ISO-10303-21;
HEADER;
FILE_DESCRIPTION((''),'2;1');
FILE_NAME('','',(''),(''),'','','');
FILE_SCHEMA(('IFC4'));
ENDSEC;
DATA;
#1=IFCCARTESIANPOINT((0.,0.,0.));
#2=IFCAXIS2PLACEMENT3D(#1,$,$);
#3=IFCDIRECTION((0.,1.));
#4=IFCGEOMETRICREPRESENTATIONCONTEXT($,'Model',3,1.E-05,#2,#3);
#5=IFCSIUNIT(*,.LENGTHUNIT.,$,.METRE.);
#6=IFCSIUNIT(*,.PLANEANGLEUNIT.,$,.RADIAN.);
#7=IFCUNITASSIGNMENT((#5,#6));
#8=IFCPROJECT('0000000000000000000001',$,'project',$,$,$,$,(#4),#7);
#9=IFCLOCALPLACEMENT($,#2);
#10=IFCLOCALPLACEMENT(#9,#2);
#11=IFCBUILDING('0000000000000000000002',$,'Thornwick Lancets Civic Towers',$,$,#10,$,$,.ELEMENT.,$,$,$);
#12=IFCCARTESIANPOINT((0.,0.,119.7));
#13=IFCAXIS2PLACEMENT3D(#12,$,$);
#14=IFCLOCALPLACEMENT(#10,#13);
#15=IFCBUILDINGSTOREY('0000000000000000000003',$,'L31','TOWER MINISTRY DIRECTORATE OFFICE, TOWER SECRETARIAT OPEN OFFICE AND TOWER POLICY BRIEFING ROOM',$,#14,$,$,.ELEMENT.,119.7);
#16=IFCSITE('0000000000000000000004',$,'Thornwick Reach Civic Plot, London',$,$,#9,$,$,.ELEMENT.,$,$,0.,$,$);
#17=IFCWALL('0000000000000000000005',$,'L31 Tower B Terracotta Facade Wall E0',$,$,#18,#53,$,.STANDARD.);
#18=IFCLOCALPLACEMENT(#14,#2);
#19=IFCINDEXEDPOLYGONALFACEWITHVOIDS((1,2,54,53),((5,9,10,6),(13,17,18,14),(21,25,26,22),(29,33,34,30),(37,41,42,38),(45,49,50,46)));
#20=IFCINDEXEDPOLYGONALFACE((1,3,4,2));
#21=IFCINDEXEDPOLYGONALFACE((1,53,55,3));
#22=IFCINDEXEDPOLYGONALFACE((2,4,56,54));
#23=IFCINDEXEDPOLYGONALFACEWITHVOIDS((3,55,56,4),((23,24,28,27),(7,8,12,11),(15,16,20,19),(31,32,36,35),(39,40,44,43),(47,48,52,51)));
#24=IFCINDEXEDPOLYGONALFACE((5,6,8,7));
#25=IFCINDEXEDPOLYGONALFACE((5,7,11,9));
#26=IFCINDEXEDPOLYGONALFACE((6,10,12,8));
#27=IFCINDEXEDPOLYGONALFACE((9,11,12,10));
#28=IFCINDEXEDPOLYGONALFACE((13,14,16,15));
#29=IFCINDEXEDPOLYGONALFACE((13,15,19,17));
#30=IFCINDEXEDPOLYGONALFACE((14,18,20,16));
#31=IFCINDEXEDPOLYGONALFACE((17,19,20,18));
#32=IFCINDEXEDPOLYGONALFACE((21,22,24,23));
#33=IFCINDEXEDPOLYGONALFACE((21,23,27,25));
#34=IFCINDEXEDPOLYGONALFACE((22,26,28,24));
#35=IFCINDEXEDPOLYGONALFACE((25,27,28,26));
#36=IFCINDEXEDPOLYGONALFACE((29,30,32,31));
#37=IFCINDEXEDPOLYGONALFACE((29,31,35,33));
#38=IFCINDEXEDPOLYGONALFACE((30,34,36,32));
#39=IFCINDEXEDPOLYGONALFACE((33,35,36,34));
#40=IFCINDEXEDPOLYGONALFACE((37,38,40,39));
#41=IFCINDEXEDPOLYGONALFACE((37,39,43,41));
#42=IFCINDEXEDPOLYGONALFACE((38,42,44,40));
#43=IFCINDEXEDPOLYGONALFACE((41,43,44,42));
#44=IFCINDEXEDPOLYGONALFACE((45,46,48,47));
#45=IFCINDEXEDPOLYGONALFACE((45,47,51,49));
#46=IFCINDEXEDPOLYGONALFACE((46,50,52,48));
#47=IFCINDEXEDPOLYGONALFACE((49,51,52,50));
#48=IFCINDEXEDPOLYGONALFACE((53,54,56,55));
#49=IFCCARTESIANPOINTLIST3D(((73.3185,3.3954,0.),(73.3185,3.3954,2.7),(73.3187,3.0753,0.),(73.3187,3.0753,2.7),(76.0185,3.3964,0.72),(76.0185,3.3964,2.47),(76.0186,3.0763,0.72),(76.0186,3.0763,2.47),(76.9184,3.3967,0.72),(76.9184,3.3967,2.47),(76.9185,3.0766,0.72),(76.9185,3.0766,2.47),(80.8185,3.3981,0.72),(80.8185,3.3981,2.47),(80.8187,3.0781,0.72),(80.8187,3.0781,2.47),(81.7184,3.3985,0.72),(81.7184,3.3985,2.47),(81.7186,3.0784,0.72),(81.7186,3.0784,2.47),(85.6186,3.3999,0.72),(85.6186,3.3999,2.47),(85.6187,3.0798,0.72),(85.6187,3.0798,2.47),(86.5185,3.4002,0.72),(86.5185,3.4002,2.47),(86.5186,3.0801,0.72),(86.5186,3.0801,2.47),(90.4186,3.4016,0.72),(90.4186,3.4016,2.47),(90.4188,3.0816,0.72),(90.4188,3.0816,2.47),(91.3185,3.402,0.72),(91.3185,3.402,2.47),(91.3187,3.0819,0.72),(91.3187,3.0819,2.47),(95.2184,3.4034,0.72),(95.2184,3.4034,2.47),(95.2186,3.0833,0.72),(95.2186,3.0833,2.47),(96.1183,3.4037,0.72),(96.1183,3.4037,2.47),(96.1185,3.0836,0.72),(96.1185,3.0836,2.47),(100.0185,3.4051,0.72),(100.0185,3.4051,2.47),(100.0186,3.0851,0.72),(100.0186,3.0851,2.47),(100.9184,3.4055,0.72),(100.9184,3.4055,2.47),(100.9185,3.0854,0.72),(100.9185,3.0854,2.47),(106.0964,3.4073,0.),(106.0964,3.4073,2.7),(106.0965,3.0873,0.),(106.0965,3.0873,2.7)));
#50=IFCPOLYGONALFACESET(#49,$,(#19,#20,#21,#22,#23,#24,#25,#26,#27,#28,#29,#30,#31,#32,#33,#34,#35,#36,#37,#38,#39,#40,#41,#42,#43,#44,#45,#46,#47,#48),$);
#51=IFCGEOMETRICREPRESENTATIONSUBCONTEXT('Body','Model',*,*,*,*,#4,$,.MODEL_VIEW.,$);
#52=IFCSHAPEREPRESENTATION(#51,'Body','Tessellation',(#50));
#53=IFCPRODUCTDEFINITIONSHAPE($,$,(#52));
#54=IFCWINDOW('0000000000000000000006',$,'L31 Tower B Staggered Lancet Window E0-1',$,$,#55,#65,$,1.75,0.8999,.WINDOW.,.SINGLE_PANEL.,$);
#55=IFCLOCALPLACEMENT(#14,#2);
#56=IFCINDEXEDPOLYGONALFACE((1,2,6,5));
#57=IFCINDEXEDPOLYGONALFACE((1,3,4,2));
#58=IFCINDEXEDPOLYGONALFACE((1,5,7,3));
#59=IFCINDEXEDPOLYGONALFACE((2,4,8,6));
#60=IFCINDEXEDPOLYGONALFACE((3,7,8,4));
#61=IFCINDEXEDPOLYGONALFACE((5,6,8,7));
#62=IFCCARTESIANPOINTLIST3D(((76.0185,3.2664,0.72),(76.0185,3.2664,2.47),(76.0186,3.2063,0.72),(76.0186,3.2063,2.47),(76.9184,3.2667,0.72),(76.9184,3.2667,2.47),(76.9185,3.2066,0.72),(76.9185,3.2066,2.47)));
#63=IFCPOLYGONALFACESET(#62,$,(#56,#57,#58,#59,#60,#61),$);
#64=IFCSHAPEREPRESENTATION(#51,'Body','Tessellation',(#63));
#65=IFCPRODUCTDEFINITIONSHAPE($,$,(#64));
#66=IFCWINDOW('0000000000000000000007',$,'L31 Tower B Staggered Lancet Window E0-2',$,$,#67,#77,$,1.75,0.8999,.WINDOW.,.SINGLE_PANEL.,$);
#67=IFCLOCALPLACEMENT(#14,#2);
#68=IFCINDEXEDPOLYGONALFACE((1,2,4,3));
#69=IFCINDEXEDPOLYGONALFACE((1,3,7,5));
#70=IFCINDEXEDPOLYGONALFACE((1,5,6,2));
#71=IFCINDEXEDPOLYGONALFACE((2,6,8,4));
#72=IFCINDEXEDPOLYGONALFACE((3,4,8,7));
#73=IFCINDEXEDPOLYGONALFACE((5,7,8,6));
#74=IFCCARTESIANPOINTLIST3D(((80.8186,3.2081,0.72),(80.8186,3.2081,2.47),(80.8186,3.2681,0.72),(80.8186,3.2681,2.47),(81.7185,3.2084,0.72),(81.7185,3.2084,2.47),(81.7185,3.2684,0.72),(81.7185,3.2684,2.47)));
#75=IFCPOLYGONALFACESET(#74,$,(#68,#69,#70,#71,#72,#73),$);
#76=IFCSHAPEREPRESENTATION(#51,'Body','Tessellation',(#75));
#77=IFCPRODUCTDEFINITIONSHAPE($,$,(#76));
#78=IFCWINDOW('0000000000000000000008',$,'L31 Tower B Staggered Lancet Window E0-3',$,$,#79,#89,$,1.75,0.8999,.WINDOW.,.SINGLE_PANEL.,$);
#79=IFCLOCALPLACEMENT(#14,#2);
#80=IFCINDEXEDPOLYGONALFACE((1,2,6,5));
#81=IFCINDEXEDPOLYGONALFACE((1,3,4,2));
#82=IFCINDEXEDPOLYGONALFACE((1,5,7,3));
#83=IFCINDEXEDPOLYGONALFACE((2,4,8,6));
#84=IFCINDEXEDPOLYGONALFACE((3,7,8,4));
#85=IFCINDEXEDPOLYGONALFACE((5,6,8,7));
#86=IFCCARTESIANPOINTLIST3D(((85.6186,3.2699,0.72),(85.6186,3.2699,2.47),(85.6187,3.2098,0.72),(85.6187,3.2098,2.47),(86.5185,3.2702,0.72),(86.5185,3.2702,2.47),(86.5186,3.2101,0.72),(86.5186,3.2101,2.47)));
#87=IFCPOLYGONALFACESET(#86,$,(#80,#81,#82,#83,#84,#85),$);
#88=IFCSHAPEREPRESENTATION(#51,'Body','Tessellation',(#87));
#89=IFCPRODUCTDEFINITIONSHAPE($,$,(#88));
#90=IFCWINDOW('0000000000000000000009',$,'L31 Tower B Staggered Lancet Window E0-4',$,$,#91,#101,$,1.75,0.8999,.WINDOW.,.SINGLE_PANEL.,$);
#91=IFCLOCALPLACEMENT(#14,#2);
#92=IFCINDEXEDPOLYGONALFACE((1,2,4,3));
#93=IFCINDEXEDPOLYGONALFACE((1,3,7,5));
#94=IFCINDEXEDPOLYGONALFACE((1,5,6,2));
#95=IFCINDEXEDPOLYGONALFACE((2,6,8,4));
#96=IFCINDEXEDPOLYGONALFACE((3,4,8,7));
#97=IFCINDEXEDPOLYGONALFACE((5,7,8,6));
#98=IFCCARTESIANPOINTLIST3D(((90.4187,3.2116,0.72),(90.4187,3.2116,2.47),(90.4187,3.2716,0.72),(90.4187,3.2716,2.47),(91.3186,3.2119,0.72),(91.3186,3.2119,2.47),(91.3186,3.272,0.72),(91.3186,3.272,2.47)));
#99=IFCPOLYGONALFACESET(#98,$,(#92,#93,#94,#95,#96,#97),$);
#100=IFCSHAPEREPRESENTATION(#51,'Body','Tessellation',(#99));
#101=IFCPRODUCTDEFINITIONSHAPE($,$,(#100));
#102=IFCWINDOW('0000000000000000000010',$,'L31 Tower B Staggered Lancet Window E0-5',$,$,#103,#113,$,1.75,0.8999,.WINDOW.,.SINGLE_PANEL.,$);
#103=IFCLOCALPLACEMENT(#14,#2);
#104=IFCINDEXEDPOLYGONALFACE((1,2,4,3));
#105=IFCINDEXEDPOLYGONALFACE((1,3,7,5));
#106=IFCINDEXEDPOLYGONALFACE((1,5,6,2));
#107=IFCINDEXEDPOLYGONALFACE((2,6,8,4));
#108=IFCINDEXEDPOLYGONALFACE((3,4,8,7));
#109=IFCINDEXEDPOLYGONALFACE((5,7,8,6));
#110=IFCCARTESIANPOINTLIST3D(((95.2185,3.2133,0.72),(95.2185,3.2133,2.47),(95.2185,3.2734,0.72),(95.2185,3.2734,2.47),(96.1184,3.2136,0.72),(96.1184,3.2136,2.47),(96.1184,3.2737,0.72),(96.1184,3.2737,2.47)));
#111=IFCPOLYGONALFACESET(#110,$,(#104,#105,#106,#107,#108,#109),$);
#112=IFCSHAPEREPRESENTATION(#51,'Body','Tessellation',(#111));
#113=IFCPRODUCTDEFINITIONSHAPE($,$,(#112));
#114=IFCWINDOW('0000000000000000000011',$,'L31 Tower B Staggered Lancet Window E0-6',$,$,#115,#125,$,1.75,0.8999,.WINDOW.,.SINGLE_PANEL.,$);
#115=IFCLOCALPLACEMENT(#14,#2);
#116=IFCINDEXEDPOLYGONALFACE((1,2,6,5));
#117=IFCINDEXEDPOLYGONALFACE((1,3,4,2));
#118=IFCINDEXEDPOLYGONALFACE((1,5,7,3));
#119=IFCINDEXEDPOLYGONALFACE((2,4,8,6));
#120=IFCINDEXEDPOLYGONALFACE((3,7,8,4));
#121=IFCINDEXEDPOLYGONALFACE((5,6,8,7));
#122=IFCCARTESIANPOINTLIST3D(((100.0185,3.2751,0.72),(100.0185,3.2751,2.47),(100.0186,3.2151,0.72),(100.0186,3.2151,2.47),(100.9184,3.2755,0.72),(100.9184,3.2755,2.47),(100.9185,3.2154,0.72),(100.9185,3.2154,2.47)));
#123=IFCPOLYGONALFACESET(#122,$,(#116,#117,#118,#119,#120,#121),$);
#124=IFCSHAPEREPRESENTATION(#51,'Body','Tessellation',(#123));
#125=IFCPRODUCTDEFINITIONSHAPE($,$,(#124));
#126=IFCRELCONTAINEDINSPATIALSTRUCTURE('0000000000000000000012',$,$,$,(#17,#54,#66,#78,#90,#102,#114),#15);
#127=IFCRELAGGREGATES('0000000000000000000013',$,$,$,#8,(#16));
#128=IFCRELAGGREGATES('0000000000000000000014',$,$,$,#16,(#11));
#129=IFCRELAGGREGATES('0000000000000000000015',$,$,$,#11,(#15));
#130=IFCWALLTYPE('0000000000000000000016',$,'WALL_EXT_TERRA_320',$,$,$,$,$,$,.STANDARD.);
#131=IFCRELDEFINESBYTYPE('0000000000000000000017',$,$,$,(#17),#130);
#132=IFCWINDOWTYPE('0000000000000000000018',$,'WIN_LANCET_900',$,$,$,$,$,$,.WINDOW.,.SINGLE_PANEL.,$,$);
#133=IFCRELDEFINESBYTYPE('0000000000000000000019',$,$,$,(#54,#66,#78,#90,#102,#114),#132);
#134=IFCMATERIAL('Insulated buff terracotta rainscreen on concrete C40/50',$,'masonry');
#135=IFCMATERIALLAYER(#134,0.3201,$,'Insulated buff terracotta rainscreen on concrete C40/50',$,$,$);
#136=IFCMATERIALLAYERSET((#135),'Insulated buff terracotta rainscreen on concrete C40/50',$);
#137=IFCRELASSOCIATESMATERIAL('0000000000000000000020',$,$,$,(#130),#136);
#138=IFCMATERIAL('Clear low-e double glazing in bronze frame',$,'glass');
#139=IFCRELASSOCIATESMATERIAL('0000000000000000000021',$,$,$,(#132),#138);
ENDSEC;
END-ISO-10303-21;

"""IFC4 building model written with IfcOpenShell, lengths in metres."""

from ifc_helpers import new_model, si_unit, direction, frame, frame_2d, origin, place, context, subcontext, project, spatial, rectangle, extrude, material, layer, layer_set, type_object, element, fill, save


model = new_model("IFC4")

# Units and contexts
model_context = context("Model", 3, precision=1e-05, world=origin(), true_north=direction((0.0, 1.0)))
body_context = subcontext(model_context, "Body", "Model", "MODEL_VIEW")
ifc_project = project(units=[si_unit("LENGTHUNIT", "METRE"), si_unit("PLANEANGLEUNIT", "RADIAN")], contexts=[model_context])

# Site, building, storey
site_placement = place(None, origin())
site = spatial("IfcSite", under=ifc_project, at=site_placement, Name="Thornwick Reach Civic Plot, London", CompositionType="ELEMENT", RefElevation=0.0)
building_placement = place(site_placement, origin())
building = spatial("IfcBuilding", under=site, at=building_placement, Name="Thornwick Lancets Civic Towers", CompositionType="ELEMENT")
storey_placement = place(building_placement, frame((0.0, 0.0, 119.7)))
storey = spatial("IfcBuildingStorey", under=building, at=storey_placement, Name="L31", Description="TOWER MINISTRY DIRECTORATE OFFICE, TOWER SECRETARIAT OPEN OFFICE AND TOWER POLICY BRIEFING ROOM", CompositionType="ELEMENT", Elevation=119.7)

# Wall, openings, windows
ifc_material_1 = material(Name="Insulated buff terracotta rainscreen on concrete C40/50", Category="masonry")
ifc_layer_1 = layer(ifc_material_1, 0.3201, Name="Insulated buff terracotta rainscreen on concrete C40/50")
ifc_layer_set_1 = layer_set([ifc_layer_1], Name="Insulated buff terracotta rainscreen on concrete C40/50")
wall_type_1 = type_object("IfcWallType", Name="WALL_EXT_TERRA_320", PredefinedType="STANDARD", material=ifc_layer_set_1)
wall_1_placement = place(storey_placement, frame((73.3186, 3.2354, 0.0), z_axis=(0.0, 0.0, 1.0), x_axis=(1.0, 0.000365, 0.0)))
wall_1 = element("IfcWall", 1, at=wall_1_placement, inside=storey, type_object=wall_type_1, Name="L31 Tower B Terracotta Facade Wall E0", PredefinedType="STANDARD", context=body_context, shape_type="SweptSolid", body=[
    extrude(rectangle(XDim=32.7778, YDim=0.3201, at=frame_2d((16.3889, 0.0))), origin(), (0.0, 0.0, 1.0), 2.7),
])
opening_1_placement = place(wall_1_placement, frame((2.7, 0.0, 0.72)))
opening_1 = element("IfcOpeningElement", 2, at=opening_1_placement, cuts=wall_1, PredefinedType="OPENING", context=body_context, shape_type="SweptSolid", body=[
    extrude(rectangle(XDim=0.8999, YDim=1.75, at=frame_2d((0.45, 0.875))), frame((0.0, 0.1699, 0.0), z_axis=(0.0, -1.0, 0.0), x_axis=(1.0, 0.0, 0.0)), (0.0, 0.0, 1.0), 0.3401),
])
opening_2_placement = place(wall_1_placement, frame((7.5, 0.0, 0.72)))
opening_2 = element("IfcOpeningElement", 3, at=opening_2_placement, cuts=wall_1, PredefinedType="OPENING", context=body_context, shape_type="SweptSolid", body=[
    extrude(rectangle(XDim=0.8999, YDim=1.75, at=frame_2d((0.45, 0.875))), frame((0.0, 0.1699, 0.0), z_axis=(0.0, -1.0, 0.0), x_axis=(1.0, 0.0, 0.0)), (0.0, 0.0, 1.0), 0.3401),
])
opening_3_placement = place(wall_1_placement, frame((12.3, 0.0, 0.72)))
opening_3 = element("IfcOpeningElement", 4, at=opening_3_placement, cuts=wall_1, PredefinedType="OPENING", context=body_context, shape_type="SweptSolid", body=[
    extrude(rectangle(XDim=0.8999, YDim=1.75, at=frame_2d((0.45, 0.875))), frame((0.0, 0.1699, 0.0), z_axis=(0.0, -1.0, 0.0), x_axis=(1.0, 0.0, 0.0)), (0.0, 0.0, 1.0), 0.3401),
])
opening_4_placement = place(wall_1_placement, frame((17.1001, 0.0, 0.72)))
opening_4 = element("IfcOpeningElement", 5, at=opening_4_placement, cuts=wall_1, PredefinedType="OPENING", context=body_context, shape_type="SweptSolid", body=[
    extrude(rectangle(XDim=0.8999, YDim=1.75, at=frame_2d((0.45, 0.875))), frame((0.0, 0.1699, 0.0), z_axis=(0.0, -1.0, 0.0), x_axis=(1.0, 0.0, 0.0)), (0.0, 0.0, 1.0), 0.3401),
])
opening_5_placement = place(wall_1_placement, frame((21.8999, 0.0, 0.72)))
opening_5 = element("IfcOpeningElement", 6, at=opening_5_placement, cuts=wall_1, PredefinedType="OPENING", context=body_context, shape_type="SweptSolid", body=[
    extrude(rectangle(XDim=0.8999, YDim=1.75, at=frame_2d((0.45, 0.875))), frame((0.0, 0.1699, 0.0), z_axis=(0.0, -1.0, 0.0), x_axis=(1.0, 0.0, 0.0)), (0.0, 0.0, 1.0), 0.3401),
])
opening_6_placement = place(wall_1_placement, frame((26.7, 0.0, 0.72)))
opening_6 = element("IfcOpeningElement", 7, at=opening_6_placement, cuts=wall_1, PredefinedType="OPENING", context=body_context, shape_type="SweptSolid", body=[
    extrude(rectangle(XDim=0.8999, YDim=1.75, at=frame_2d((0.45, 0.875))), frame((0.0, 0.1699, 0.0), z_axis=(0.0, -1.0, 0.0), x_axis=(1.0, 0.0, 0.0)), (0.0, 0.0, 1.0), 0.3401),
])
ifc_material_2 = material(Name="Clear low-e double glazing in bronze frame", Category="glass")
window_type = type_object("IfcWindowType", Name="WIN_LANCET_900", PartitioningType="SINGLE_PANEL", PredefinedType="WINDOW", material=ifc_material_2)
window_1_placement = place(opening_1_placement, origin())
window_1 = element("IfcWindow", 8, at=window_1_placement, inside=storey, type_object=window_type, Name="L31 Tower B Staggered Lancet Window E0-1", OverallHeight=1.75, OverallWidth=0.8999, PartitioningType="SINGLE_PANEL", PredefinedType="WINDOW", context=body_context, shape_type="SweptSolid", body=[
    extrude(rectangle(XDim=0.8999, YDim=1.75, at=frame_2d((0.45, 0.875))), frame((0.0, 0.03, 0.0), z_axis=(0.0, -1.0, 0.0), x_axis=(1.0, 0.0, 0.0)), (0.0, 0.0, 1.0), 0.0601),
])
fill(opening_1, window_1)
window_2_placement = place(opening_2_placement, origin())
window_2 = element("IfcWindow", 9, at=window_2_placement, inside=storey, type_object=window_type, Name="L31 Tower B Staggered Lancet Window E0-2", OverallHeight=1.75, OverallWidth=0.8999, PartitioningType="SINGLE_PANEL", PredefinedType="WINDOW", context=body_context, shape_type="SweptSolid", body=[
    extrude(rectangle(XDim=0.8999, YDim=1.75, at=frame_2d((0.45, 0.875))), frame((0.0, 0.03, 0.0), z_axis=(0.0, -1.0, 0.0), x_axis=(1.0, 0.0, 0.0)), (0.0, 0.0, 1.0), 0.0601),
])
fill(opening_2, window_2)
window_3_placement = place(opening_3_placement, origin())
window_3 = element("IfcWindow", 10, at=window_3_placement, inside=storey, type_object=window_type, Name="L31 Tower B Staggered Lancet Window E0-3", OverallHeight=1.75, OverallWidth=0.8999, PartitioningType="SINGLE_PANEL", PredefinedType="WINDOW", context=body_context, shape_type="SweptSolid", body=[
    extrude(rectangle(XDim=0.8999, YDim=1.75, at=frame_2d((0.45, 0.875))), frame((0.0, 0.03, 0.0), z_axis=(0.0, -1.0, 0.0), x_axis=(1.0, 0.0, 0.0)), (0.0, 0.0, 1.0), 0.0601),
])
fill(opening_3, window_3)
window_4_placement = place(opening_4_placement, origin())
window_4 = element("IfcWindow", 11, at=window_4_placement, inside=storey, type_object=window_type, Name="L31 Tower B Staggered Lancet Window E0-4", OverallHeight=1.75, OverallWidth=0.8999, PartitioningType="SINGLE_PANEL", PredefinedType="WINDOW", context=body_context, shape_type="SweptSolid", body=[
    extrude(rectangle(XDim=0.8999, YDim=1.75, at=frame_2d((0.45, 0.875))), frame((0.0, 0.03, 0.0), z_axis=(0.0, -1.0, 0.0), x_axis=(1.0, 0.0, 0.0)), (0.0, 0.0, 1.0), 0.0601),
])
fill(opening_4, window_4)
window_5_placement = place(opening_5_placement, origin())
window_5 = element("IfcWindow", 12, at=window_5_placement, inside=storey, type_object=window_type, Name="L31 Tower B Staggered Lancet Window E0-5", OverallHeight=1.75, OverallWidth=0.8999, PartitioningType="SINGLE_PANEL", PredefinedType="WINDOW", context=body_context, shape_type="SweptSolid", body=[
    extrude(rectangle(XDim=0.8999, YDim=1.75, at=frame_2d((0.45, 0.875))), frame((0.0, 0.03, 0.0), z_axis=(0.0, -1.0, 0.0), x_axis=(1.0, 0.0, 0.0)), (0.0, 0.0, 1.0), 0.0601),
])
fill(opening_5, window_5)
window_6_placement = place(opening_6_placement, origin())
window_6 = element("IfcWindow", 13, at=window_6_placement, inside=storey, type_object=window_type, Name="L31 Tower B Staggered Lancet Window E0-6", OverallHeight=1.75, OverallWidth=0.8999, PartitioningType="SINGLE_PANEL", PredefinedType="WINDOW", context=body_context, shape_type="SweptSolid", body=[
    extrude(rectangle(XDim=0.8999, YDim=1.75, at=frame_2d((0.45, 0.875))), frame((0.0, 0.03, 0.0), z_axis=(0.0, -1.0, 0.0), x_axis=(1.0, 0.0, 0.0)), (0.0, 0.0, 1.0), 0.0601),
])
fill(opening_6, window_6)

save(model, "model.ifc")
